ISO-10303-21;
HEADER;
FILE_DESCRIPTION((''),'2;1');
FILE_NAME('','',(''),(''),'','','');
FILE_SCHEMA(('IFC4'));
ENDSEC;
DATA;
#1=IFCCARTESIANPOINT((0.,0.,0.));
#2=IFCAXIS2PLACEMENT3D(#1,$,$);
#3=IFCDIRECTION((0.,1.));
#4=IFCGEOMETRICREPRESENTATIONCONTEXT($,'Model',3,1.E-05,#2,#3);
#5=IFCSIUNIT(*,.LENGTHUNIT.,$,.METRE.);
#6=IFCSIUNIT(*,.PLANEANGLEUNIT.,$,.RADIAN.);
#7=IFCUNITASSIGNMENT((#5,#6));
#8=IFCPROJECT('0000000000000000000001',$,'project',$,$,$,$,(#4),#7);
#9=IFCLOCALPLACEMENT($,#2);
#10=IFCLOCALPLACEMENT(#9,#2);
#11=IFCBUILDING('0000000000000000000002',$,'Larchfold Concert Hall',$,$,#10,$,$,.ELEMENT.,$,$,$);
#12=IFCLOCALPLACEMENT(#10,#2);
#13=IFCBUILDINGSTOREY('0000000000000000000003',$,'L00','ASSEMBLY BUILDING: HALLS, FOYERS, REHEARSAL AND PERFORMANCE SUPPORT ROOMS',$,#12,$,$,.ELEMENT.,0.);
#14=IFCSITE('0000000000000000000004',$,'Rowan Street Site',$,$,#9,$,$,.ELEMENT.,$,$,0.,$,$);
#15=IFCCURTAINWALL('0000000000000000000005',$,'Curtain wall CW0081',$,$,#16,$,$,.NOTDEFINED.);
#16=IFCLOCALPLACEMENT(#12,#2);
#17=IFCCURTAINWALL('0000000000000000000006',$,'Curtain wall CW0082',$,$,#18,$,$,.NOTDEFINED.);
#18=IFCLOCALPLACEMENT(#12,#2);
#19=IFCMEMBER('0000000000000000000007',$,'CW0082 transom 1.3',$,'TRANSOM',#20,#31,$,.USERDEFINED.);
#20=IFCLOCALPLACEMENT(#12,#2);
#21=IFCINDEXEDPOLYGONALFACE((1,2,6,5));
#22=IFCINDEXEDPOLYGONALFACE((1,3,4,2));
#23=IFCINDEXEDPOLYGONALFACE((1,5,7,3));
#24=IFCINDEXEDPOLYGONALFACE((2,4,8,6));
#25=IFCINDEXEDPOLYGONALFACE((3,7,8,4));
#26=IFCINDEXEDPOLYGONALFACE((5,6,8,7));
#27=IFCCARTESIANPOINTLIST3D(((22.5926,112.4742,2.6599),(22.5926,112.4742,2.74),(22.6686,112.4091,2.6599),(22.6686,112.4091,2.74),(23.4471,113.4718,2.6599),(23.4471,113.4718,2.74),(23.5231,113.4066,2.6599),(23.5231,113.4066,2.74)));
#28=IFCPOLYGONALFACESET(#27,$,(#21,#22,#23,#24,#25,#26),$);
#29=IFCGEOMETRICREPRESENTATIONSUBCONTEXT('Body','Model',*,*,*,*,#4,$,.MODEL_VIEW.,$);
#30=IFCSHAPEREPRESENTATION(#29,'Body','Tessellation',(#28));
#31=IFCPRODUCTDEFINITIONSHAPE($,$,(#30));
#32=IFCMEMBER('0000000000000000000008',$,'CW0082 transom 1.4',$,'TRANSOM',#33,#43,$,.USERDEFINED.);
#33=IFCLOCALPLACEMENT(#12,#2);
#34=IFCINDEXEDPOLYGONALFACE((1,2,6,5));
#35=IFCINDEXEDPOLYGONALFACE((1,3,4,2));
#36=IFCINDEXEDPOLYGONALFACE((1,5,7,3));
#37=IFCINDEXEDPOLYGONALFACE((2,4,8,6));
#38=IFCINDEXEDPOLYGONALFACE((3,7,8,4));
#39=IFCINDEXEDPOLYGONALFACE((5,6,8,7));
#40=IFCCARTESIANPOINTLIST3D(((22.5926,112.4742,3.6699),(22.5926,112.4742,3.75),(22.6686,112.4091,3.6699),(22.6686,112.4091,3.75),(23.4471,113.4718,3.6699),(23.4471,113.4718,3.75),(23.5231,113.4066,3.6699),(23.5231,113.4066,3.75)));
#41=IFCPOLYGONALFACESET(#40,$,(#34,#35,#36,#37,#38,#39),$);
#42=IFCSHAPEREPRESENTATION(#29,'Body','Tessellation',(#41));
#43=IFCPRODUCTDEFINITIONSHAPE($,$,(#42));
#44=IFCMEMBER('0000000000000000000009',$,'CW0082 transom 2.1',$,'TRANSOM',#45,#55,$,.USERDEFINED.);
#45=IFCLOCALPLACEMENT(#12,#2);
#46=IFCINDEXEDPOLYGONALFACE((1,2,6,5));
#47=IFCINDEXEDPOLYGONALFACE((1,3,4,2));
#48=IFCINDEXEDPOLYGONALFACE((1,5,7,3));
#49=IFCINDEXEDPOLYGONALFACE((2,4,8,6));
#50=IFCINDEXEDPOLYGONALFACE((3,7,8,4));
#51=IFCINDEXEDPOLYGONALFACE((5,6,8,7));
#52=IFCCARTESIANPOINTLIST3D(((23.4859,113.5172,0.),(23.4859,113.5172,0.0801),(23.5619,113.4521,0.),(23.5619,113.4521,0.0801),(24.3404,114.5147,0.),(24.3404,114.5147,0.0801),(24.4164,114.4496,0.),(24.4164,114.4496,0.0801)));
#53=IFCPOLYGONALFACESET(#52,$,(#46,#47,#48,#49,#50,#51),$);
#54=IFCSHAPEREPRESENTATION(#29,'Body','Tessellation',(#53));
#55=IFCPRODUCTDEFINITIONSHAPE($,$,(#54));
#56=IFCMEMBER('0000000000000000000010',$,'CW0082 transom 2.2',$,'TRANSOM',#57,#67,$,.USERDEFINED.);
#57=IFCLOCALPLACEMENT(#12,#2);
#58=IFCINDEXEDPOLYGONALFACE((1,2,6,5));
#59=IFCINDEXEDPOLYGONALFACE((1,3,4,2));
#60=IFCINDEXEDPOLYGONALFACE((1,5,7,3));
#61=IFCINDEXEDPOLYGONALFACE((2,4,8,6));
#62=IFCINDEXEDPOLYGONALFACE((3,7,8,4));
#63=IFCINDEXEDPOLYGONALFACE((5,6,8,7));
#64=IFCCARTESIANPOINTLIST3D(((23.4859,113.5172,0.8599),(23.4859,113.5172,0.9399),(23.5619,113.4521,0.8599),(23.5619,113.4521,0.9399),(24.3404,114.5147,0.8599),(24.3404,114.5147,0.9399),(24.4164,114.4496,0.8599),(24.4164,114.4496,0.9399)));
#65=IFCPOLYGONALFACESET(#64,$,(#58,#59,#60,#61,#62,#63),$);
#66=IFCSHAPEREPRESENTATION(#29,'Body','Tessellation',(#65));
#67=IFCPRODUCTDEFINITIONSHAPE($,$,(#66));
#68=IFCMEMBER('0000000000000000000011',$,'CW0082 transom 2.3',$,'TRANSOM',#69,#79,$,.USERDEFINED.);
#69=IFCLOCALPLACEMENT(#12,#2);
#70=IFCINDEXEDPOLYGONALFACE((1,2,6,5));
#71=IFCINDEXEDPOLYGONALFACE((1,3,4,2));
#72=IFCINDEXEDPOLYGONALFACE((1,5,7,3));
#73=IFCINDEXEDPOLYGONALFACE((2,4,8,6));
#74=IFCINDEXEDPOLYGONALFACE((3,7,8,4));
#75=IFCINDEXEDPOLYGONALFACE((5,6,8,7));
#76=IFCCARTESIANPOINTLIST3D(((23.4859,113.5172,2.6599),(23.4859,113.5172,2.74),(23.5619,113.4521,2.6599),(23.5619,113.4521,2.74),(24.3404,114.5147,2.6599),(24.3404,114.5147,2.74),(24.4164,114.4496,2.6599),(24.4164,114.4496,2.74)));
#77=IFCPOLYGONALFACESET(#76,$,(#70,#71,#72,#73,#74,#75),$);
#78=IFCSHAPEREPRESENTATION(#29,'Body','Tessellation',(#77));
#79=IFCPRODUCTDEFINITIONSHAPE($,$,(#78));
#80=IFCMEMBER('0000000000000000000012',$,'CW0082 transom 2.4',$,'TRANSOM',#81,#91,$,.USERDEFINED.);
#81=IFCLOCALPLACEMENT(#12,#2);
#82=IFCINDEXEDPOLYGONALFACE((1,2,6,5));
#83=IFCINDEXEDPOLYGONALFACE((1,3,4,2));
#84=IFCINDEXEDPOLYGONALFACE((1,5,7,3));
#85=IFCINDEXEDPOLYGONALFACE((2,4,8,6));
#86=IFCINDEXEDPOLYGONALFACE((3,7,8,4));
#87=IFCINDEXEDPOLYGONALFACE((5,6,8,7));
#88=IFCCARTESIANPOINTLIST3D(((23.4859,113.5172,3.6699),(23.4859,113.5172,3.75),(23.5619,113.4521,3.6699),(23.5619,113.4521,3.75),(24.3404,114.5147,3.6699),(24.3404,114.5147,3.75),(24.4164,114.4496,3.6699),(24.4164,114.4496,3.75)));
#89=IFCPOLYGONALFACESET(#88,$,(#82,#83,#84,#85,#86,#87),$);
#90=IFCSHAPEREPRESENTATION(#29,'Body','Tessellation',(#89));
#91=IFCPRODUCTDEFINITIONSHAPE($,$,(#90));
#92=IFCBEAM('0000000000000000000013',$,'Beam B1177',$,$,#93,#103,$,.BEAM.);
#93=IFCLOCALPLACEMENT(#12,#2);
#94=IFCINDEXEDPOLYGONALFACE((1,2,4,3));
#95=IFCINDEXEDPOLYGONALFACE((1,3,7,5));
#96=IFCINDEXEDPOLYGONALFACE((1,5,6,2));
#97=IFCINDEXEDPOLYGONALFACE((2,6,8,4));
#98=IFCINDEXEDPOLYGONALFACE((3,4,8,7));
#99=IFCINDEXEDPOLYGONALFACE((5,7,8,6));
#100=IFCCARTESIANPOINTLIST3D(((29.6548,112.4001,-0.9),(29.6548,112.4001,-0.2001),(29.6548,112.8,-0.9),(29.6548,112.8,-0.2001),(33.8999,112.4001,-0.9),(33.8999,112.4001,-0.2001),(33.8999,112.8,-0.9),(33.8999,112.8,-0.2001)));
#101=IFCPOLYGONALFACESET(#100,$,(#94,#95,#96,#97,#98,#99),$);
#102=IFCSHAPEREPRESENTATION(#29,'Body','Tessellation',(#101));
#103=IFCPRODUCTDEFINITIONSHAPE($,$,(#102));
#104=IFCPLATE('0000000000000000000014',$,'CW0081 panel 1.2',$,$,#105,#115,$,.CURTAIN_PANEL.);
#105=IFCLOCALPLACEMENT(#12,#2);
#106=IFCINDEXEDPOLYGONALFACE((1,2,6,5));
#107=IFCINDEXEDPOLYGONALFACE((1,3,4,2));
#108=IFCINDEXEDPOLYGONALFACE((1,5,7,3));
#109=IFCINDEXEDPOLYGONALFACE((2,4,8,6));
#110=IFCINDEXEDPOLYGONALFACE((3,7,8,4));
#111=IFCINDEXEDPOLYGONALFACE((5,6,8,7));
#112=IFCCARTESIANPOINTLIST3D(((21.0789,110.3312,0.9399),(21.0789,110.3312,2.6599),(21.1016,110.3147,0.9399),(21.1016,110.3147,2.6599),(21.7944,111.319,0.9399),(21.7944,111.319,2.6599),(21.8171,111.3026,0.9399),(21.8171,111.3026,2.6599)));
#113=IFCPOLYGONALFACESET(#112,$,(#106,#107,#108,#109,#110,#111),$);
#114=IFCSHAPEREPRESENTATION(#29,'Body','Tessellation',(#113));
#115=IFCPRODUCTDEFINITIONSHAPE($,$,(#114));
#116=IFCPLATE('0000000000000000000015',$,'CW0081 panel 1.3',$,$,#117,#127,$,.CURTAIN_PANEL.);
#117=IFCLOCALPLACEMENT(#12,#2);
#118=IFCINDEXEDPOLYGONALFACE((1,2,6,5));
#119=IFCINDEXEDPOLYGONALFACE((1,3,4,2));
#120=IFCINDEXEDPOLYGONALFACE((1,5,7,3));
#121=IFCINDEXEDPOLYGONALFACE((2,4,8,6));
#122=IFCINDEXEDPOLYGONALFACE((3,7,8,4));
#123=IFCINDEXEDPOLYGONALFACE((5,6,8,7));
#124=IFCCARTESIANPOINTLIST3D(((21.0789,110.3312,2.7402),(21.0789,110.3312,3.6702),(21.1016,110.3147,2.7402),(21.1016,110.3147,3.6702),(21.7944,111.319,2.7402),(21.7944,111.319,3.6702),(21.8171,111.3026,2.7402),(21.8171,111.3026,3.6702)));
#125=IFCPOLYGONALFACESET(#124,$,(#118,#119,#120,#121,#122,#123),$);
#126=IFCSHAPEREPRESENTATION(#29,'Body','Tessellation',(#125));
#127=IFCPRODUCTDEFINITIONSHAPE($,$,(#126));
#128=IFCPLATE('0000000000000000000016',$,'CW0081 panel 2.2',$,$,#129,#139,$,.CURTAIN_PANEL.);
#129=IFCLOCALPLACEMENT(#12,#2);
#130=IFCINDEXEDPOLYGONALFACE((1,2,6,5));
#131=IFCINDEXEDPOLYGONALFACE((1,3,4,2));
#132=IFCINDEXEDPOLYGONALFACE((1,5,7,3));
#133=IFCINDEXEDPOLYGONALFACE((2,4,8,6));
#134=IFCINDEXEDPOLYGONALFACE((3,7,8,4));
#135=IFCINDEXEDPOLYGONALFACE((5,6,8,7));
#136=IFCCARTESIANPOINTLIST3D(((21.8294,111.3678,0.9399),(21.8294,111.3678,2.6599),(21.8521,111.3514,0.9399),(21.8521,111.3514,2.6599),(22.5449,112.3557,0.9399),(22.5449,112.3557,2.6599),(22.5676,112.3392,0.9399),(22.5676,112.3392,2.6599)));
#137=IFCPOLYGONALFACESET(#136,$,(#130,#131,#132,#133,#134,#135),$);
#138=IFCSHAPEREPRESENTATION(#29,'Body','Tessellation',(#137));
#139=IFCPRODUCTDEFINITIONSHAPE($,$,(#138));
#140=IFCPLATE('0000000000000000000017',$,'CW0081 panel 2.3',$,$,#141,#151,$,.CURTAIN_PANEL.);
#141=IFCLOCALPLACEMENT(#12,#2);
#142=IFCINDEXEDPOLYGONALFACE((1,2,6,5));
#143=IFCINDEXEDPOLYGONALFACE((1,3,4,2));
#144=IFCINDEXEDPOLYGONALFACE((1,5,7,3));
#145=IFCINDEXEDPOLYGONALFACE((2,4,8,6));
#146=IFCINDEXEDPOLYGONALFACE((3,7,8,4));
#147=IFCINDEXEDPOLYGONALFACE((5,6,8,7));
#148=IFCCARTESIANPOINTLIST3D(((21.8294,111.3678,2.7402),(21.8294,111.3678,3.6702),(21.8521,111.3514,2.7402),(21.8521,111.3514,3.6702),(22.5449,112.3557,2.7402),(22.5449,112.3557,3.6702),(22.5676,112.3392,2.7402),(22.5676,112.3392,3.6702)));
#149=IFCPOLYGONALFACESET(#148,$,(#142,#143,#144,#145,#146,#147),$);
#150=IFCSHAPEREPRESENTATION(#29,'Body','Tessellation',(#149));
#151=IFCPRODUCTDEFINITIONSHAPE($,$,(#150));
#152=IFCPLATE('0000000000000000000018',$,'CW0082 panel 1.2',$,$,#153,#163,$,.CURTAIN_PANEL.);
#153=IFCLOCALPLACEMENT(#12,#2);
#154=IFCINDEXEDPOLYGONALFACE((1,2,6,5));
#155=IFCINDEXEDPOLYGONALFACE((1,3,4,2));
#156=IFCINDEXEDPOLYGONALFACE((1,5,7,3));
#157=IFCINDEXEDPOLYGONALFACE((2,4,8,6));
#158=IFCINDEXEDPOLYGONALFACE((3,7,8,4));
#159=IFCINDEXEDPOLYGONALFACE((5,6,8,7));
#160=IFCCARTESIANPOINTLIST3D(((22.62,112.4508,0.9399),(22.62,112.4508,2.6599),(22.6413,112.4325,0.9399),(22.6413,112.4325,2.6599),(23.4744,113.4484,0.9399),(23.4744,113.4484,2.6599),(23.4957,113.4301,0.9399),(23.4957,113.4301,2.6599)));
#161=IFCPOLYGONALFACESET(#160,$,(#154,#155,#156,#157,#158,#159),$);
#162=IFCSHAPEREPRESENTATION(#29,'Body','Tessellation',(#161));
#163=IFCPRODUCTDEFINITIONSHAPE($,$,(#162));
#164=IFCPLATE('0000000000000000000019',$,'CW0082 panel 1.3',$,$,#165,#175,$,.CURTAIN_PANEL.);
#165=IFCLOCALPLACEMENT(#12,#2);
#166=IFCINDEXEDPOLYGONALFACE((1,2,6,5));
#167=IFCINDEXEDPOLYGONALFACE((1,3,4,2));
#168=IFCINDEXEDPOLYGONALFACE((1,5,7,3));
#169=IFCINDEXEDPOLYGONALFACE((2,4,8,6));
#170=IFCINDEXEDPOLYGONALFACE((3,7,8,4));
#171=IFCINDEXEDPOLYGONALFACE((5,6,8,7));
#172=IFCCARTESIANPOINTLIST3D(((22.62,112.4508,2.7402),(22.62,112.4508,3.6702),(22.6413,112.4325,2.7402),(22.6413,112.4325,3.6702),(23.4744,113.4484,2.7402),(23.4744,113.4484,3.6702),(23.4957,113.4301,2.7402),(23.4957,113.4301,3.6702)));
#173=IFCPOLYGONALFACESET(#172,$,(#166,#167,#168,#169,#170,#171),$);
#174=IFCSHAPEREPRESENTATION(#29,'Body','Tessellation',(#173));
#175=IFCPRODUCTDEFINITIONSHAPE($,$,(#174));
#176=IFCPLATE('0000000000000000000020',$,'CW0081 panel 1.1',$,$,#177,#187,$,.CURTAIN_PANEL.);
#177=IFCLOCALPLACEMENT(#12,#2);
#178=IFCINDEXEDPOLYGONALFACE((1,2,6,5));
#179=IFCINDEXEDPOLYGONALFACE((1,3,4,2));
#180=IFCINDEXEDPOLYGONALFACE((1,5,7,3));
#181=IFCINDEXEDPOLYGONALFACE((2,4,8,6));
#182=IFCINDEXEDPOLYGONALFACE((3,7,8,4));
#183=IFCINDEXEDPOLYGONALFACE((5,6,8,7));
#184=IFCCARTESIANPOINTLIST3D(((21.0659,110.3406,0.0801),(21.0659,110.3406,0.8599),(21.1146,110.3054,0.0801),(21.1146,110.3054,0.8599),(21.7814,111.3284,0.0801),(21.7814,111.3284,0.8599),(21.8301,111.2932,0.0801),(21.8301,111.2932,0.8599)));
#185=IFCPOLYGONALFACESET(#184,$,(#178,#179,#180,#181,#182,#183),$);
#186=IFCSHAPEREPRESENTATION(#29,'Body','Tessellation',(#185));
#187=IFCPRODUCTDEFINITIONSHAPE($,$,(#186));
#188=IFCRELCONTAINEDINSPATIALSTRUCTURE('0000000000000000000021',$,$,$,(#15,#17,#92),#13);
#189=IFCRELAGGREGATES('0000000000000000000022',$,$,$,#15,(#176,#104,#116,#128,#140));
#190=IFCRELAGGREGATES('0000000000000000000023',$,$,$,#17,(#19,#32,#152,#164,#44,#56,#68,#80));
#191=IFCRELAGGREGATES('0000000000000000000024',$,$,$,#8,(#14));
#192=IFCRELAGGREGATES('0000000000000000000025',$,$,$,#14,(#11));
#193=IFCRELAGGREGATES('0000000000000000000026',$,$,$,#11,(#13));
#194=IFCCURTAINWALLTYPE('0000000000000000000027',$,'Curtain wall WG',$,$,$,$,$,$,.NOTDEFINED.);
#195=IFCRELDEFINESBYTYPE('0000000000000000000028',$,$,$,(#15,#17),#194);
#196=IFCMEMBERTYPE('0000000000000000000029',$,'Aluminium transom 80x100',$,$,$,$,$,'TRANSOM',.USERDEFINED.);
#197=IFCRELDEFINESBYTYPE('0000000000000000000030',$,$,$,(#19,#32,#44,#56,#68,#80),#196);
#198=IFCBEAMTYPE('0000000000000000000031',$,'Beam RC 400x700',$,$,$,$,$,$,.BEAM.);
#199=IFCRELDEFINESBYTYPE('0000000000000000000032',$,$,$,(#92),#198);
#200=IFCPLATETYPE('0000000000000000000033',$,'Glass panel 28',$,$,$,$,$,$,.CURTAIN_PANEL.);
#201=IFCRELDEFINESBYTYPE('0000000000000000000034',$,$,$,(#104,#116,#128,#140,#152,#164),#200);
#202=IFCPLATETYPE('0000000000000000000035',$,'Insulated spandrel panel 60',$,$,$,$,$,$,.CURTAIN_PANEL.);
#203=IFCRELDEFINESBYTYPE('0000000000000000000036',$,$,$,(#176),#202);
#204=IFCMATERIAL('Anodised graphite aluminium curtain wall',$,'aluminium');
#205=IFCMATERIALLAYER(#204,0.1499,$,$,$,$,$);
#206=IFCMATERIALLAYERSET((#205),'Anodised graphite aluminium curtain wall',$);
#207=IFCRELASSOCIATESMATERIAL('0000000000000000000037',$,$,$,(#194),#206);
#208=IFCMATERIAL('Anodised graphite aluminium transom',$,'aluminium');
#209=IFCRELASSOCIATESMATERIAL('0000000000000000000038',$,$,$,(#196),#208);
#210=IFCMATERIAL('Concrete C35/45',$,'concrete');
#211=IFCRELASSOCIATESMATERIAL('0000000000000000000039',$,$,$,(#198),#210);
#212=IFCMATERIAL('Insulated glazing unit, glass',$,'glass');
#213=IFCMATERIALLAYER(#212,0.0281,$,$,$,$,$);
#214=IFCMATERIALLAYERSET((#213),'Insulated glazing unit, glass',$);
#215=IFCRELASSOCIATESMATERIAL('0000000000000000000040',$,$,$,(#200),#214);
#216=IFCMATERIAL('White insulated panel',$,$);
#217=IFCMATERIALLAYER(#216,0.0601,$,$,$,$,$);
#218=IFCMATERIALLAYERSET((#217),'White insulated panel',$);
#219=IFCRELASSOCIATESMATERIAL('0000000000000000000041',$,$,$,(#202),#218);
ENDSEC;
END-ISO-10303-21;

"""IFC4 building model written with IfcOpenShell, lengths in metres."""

from ifc_helpers import new_model, si_unit, direction, frame, origin, origin_2d, place, context, subcontext, project, spatial, rectangle, extrude, material, layer, layer_set, material_profile, profile_set, type_object, element, aggregate, save


model = new_model("IFC4")

# Units and contexts
model_context = context("Model", 3, precision=1e-05, world=origin(), true_north=direction((0.0, 1.0)))
body_context = subcontext(model_context, "Body", "Model", "MODEL_VIEW")
ifc_project = project(units=[si_unit("LENGTHUNIT", "METRE"), si_unit("PLANEANGLEUNIT", "RADIAN")], contexts=[model_context])

# Site, building, storey
site_placement = place(None, origin())
site = spatial("IfcSite", under=ifc_project, at=site_placement, Name="Rowan Street Site", CompositionType="ELEMENT", RefElevation=0.0)
building_placement = place(site_placement, origin())
building = spatial("IfcBuilding", under=site, at=building_placement, Name="Larchfold Concert Hall", CompositionType="ELEMENT")
storey_placement = place(building_placement, origin())
storey = spatial("IfcBuildingStorey", under=building, at=storey_placement, Name="L00", Description="ASSEMBLY BUILDING: HALLS, FOYERS, REHEARSAL AND PERFORMANCE SUPPORT ROOMS", CompositionType="ELEMENT", Elevation=0.0)

# Curtain walls
ifc_material_1 = material(Name="Anodised graphite aluminium curtain wall", Category="aluminium")
ifc_layer_1 = layer(ifc_material_1, 0.1499)
ifc_layer_set_1 = layer_set([ifc_layer_1], Name="Anodised graphite aluminium curtain wall")
curtain_wall_type = type_object("IfcCurtainWallType", Name="Curtain wall WG", PredefinedType="NOTDEFINED", material=ifc_layer_set_1)
curtain_wall_1_placement = place(storey_placement, origin())
curtain_wall_1 = element("IfcCurtainWall", 1, at=curtain_wall_1_placement, inside=storey, type_object=curtain_wall_type, Name="Curtain wall CW0081", PredefinedType="NOTDEFINED")
curtain_wall_2_placement = place(storey_placement, origin())
curtain_wall_2 = element("IfcCurtainWall", 2, at=curtain_wall_2_placement, inside=storey, type_object=curtain_wall_type, Name="Curtain wall CW0082", PredefinedType="NOTDEFINED")

# Members
ifc_material_2 = material(Name="Anodised graphite aluminium transom", Category="aluminium")
ifc_material_profile_1 = material_profile(ifc_material_2, rectangle(XDim=0.1001, YDim=0.0801, at=origin_2d()))
ifc_profile_set_1 = profile_set([ifc_material_profile_1], Name="Anodised graphite aluminium transom")
member_type_1 = type_object("IfcMemberType", Name="Aluminium transom 80x100", ElementType="TRANSOM", PredefinedType="USERDEFINED", material=ifc_profile_set_1)
member_1_placement = place(storey_placement, frame((22.6306, 112.4417, 2.7), z_axis=(0.650546, 0.759466, 0.0), x_axis=(-0.759466, 0.650546, 0.0)))
member_1 = element("IfcMember", 3, at=member_1_placement, type_object=member_type_1, Name="CW0082 transom 1.3", ObjectType="TRANSOM", PredefinedType="USERDEFINED", context=body_context, shape_type="SweptSolid", body=[
    extrude(rectangle(XDim=0.1001, YDim=0.0801, at=origin_2d()), origin(), (0.0, 0.0, 1.0), 1.3135),
])
member_2_placement = place(storey_placement, frame((22.6306, 112.4417, 3.71), z_axis=(0.650546, 0.759466, 0.0), x_axis=(-0.759466, 0.650546, 0.0)))
member_2 = element("IfcMember", 4, at=member_2_placement, type_object=member_type_1, Name="CW0082 transom 1.4", ObjectType="TRANSOM", PredefinedType="USERDEFINED", context=body_context, shape_type="SweptSolid", body=[
    extrude(rectangle(XDim=0.1001, YDim=0.0801, at=origin_2d()), origin(), (0.0, 0.0, 1.0), 1.3135),
])
member_3_placement = place(storey_placement, frame((23.5239, 113.4846, 0.04), z_axis=(0.650546, 0.759466, 0.0), x_axis=(-0.759466, 0.650546, 0.0)))
member_3 = element("IfcMember", 5, at=member_3_placement, type_object=member_type_1, Name="CW0082 transom 2.1", ObjectType="TRANSOM", PredefinedType="USERDEFINED", context=body_context, shape_type="SweptSolid", body=[
    extrude(rectangle(XDim=0.1001, YDim=0.0801, at=origin_2d()), origin(), (0.0, 0.0, 1.0), 1.3135),
])
member_4_placement = place(storey_placement, frame((23.5239, 113.4846, 0.8999), z_axis=(0.650546, 0.759466, 0.0), x_axis=(-0.759466, 0.650546, 0.0)))
member_4 = element("IfcMember", 6, at=member_4_placement, type_object=member_type_1, Name="CW0082 transom 2.2", ObjectType="TRANSOM", PredefinedType="USERDEFINED", context=body_context, shape_type="SweptSolid", body=[
    extrude(rectangle(XDim=0.1001, YDim=0.0801, at=origin_2d()), origin(), (0.0, 0.0, 1.0), 1.3135),
])
member_5_placement = place(storey_placement, frame((23.5239, 113.4846, 2.7), z_axis=(0.650546, 0.759466, 0.0), x_axis=(-0.759466, 0.650546, 0.0)))
member_5 = element("IfcMember", 7, at=member_5_placement, type_object=member_type_1, Name="CW0082 transom 2.3", ObjectType="TRANSOM", PredefinedType="USERDEFINED", context=body_context, shape_type="SweptSolid", body=[
    extrude(rectangle(XDim=0.1001, YDim=0.0801, at=origin_2d()), origin(), (0.0, 0.0, 1.0), 1.3135),
])
member_6_placement = place(storey_placement, frame((23.5239, 113.4846, 3.71), z_axis=(0.650546, 0.759466, 0.0), x_axis=(-0.759466, 0.650546, 0.0)))
member_6 = element("IfcMember", 8, at=member_6_placement, type_object=member_type_1, Name="CW0082 transom 2.4", ObjectType="TRANSOM", PredefinedType="USERDEFINED", context=body_context, shape_type="SweptSolid", body=[
    extrude(rectangle(XDim=0.1001, YDim=0.0801, at=origin_2d()), origin(), (0.0, 0.0, 1.0), 1.3135),
])

# Beam
ifc_material_3 = material(Name="Concrete C35/45", Category="concrete")
ifc_material_profile_2 = material_profile(ifc_material_3, rectangle(XDim=0.3999, YDim=0.7, at=origin_2d()))
ifc_profile_set_2 = profile_set([ifc_material_profile_2], Name="Concrete C35/45")
beam_type = type_object("IfcBeamType", Name="Beam RC 400x700", PredefinedType="BEAM", material=ifc_profile_set_2)
beam_placement = place(storey_placement, frame((29.6548, 112.6001, -0.55), z_axis=(1.0, 0.0, 0.0), x_axis=(0.0, 1.0, 0.0)))
element("IfcBeam", 9, at=beam_placement, inside=storey, type_object=beam_type, Name="Beam B1177", PredefinedType="BEAM", context=body_context, shape_type="SweptSolid", body=[
    extrude(rectangle(XDim=0.3999, YDim=0.7, at=origin_2d()), origin(), (0.0, 0.0, 1.0), 4.2451),
])

# Plates
ifc_material_4 = material(Name="Insulated glazing unit, glass", Category="glass")
ifc_layer_2 = layer(ifc_material_4, 0.0281)
ifc_layer_set_2 = layer_set([ifc_layer_2], Name="Insulated glazing unit, glass")
plate_type_1 = type_object("IfcPlateType", Name="Glass panel 28", PredefinedType="CURTAIN_PANEL", material=ifc_layer_set_2)
plate_1_placement = place(storey_placement, frame((21.448, 110.8169, 0.9399), z_axis=(0.0, 0.0, 1.0), x_axis=(0.586586, 0.809887, 0.0)))
plate_1 = element("IfcPlate", 10, at=plate_1_placement, type_object=plate_type_1, Name="CW0081 panel 1.2", PredefinedType="CURTAIN_PANEL", context=body_context, shape_type="SweptSolid", body=[
    extrude(rectangle(XDim=1.2197, YDim=0.0281, at=origin_2d()), origin(), (0.0, 0.0, 1.0), 1.72),
])
plate_2_placement = place(storey_placement, frame((21.448, 110.8169, 2.7402), z_axis=(0.0, 0.0, 1.0), x_axis=(0.586586, 0.809887, 0.0)))
plate_2 = element("IfcPlate", 11, at=plate_2_placement, type_object=plate_type_1, Name="CW0081 panel 1.3", PredefinedType="CURTAIN_PANEL", context=body_context, shape_type="SweptSolid", body=[
    extrude(rectangle(XDim=1.2197, YDim=0.0281, at=origin_2d()), origin(), (0.0, 0.0, 1.0), 0.9299),
])
plate_3_placement = place(storey_placement, frame((22.1985, 111.8535, 0.9399), z_axis=(0.0, 0.0, 1.0), x_axis=(0.586586, 0.809887, 0.0)))
plate_3 = element("IfcPlate", 12, at=plate_3_placement, type_object=plate_type_1, Name="CW0081 panel 2.2", PredefinedType="CURTAIN_PANEL", context=body_context, shape_type="SweptSolid", body=[
    extrude(rectangle(XDim=1.2197, YDim=0.0281, at=origin_2d()), origin(), (0.0, 0.0, 1.0), 1.72),
])
plate_4_placement = place(storey_placement, frame((22.1985, 111.8535, 2.7402), z_axis=(0.0, 0.0, 1.0), x_axis=(0.586586, 0.809887, 0.0)))
plate_4 = element("IfcPlate", 13, at=plate_4_placement, type_object=plate_type_1, Name="CW0081 panel 2.3", PredefinedType="CURTAIN_PANEL", context=body_context, shape_type="SweptSolid", body=[
    extrude(rectangle(XDim=1.2197, YDim=0.0281, at=origin_2d()), origin(), (0.0, 0.0, 1.0), 0.9299),
])
plate_5_placement = place(storey_placement, frame((23.0579, 112.9404, 0.9399), z_axis=(0.0, 0.0, 1.0), x_axis=(0.650512, 0.759496, 0.0)))
plate_5 = element("IfcPlate", 14, at=plate_5_placement, type_object=plate_type_1, Name="CW0082 panel 1.2", PredefinedType="CURTAIN_PANEL", context=body_context, shape_type="SweptSolid", body=[
    extrude(rectangle(XDim=1.3135, YDim=0.0281, at=origin_2d()), origin(), (0.0, 0.0, 1.0), 1.72),
])
plate_6_placement = place(storey_placement, frame((23.0579, 112.9404, 2.7402), z_axis=(0.0, 0.0, 1.0), x_axis=(0.650512, 0.759496, 0.0)))
plate_6 = element("IfcPlate", 15, at=plate_6_placement, type_object=plate_type_1, Name="CW0082 panel 1.3", PredefinedType="CURTAIN_PANEL", context=body_context, shape_type="SweptSolid", body=[
    extrude(rectangle(XDim=1.3135, YDim=0.0281, at=origin_2d()), origin(), (0.0, 0.0, 1.0), 0.9299),
])
ifc_material_5 = material(Name="White insulated panel")
ifc_layer_3 = layer(ifc_material_5, 0.0601)
ifc_layer_set_3 = layer_set([ifc_layer_3], Name="White insulated panel")
plate_type_2 = type_object("IfcPlateType", Name="Insulated spandrel panel 60", PredefinedType="CURTAIN_PANEL", material=ifc_layer_set_3)
plate_7_placement = place(storey_placement, frame((21.448, 110.8169, 0.0801), z_axis=(0.0, 0.0, 1.0), x_axis=(0.586586, 0.809887, 0.0)))
plate_7 = element("IfcPlate", 16, at=plate_7_placement, type_object=plate_type_2, Name="CW0081 panel 1.1", PredefinedType="CURTAIN_PANEL", context=body_context, shape_type="SweptSolid", body=[
    extrude(rectangle(XDim=1.2197, YDim=0.0601, at=origin_2d()), origin(), (0.0, 0.0, 1.0), 0.7798),
])
aggregate(curtain_wall_1, [plate_7, plate_1, plate_2, plate_3, plate_4])
aggregate(curtain_wall_2, [member_1, member_2, plate_5, plate_6, member_3, member_4, member_5, member_6])

save(model, "model.ifc")
